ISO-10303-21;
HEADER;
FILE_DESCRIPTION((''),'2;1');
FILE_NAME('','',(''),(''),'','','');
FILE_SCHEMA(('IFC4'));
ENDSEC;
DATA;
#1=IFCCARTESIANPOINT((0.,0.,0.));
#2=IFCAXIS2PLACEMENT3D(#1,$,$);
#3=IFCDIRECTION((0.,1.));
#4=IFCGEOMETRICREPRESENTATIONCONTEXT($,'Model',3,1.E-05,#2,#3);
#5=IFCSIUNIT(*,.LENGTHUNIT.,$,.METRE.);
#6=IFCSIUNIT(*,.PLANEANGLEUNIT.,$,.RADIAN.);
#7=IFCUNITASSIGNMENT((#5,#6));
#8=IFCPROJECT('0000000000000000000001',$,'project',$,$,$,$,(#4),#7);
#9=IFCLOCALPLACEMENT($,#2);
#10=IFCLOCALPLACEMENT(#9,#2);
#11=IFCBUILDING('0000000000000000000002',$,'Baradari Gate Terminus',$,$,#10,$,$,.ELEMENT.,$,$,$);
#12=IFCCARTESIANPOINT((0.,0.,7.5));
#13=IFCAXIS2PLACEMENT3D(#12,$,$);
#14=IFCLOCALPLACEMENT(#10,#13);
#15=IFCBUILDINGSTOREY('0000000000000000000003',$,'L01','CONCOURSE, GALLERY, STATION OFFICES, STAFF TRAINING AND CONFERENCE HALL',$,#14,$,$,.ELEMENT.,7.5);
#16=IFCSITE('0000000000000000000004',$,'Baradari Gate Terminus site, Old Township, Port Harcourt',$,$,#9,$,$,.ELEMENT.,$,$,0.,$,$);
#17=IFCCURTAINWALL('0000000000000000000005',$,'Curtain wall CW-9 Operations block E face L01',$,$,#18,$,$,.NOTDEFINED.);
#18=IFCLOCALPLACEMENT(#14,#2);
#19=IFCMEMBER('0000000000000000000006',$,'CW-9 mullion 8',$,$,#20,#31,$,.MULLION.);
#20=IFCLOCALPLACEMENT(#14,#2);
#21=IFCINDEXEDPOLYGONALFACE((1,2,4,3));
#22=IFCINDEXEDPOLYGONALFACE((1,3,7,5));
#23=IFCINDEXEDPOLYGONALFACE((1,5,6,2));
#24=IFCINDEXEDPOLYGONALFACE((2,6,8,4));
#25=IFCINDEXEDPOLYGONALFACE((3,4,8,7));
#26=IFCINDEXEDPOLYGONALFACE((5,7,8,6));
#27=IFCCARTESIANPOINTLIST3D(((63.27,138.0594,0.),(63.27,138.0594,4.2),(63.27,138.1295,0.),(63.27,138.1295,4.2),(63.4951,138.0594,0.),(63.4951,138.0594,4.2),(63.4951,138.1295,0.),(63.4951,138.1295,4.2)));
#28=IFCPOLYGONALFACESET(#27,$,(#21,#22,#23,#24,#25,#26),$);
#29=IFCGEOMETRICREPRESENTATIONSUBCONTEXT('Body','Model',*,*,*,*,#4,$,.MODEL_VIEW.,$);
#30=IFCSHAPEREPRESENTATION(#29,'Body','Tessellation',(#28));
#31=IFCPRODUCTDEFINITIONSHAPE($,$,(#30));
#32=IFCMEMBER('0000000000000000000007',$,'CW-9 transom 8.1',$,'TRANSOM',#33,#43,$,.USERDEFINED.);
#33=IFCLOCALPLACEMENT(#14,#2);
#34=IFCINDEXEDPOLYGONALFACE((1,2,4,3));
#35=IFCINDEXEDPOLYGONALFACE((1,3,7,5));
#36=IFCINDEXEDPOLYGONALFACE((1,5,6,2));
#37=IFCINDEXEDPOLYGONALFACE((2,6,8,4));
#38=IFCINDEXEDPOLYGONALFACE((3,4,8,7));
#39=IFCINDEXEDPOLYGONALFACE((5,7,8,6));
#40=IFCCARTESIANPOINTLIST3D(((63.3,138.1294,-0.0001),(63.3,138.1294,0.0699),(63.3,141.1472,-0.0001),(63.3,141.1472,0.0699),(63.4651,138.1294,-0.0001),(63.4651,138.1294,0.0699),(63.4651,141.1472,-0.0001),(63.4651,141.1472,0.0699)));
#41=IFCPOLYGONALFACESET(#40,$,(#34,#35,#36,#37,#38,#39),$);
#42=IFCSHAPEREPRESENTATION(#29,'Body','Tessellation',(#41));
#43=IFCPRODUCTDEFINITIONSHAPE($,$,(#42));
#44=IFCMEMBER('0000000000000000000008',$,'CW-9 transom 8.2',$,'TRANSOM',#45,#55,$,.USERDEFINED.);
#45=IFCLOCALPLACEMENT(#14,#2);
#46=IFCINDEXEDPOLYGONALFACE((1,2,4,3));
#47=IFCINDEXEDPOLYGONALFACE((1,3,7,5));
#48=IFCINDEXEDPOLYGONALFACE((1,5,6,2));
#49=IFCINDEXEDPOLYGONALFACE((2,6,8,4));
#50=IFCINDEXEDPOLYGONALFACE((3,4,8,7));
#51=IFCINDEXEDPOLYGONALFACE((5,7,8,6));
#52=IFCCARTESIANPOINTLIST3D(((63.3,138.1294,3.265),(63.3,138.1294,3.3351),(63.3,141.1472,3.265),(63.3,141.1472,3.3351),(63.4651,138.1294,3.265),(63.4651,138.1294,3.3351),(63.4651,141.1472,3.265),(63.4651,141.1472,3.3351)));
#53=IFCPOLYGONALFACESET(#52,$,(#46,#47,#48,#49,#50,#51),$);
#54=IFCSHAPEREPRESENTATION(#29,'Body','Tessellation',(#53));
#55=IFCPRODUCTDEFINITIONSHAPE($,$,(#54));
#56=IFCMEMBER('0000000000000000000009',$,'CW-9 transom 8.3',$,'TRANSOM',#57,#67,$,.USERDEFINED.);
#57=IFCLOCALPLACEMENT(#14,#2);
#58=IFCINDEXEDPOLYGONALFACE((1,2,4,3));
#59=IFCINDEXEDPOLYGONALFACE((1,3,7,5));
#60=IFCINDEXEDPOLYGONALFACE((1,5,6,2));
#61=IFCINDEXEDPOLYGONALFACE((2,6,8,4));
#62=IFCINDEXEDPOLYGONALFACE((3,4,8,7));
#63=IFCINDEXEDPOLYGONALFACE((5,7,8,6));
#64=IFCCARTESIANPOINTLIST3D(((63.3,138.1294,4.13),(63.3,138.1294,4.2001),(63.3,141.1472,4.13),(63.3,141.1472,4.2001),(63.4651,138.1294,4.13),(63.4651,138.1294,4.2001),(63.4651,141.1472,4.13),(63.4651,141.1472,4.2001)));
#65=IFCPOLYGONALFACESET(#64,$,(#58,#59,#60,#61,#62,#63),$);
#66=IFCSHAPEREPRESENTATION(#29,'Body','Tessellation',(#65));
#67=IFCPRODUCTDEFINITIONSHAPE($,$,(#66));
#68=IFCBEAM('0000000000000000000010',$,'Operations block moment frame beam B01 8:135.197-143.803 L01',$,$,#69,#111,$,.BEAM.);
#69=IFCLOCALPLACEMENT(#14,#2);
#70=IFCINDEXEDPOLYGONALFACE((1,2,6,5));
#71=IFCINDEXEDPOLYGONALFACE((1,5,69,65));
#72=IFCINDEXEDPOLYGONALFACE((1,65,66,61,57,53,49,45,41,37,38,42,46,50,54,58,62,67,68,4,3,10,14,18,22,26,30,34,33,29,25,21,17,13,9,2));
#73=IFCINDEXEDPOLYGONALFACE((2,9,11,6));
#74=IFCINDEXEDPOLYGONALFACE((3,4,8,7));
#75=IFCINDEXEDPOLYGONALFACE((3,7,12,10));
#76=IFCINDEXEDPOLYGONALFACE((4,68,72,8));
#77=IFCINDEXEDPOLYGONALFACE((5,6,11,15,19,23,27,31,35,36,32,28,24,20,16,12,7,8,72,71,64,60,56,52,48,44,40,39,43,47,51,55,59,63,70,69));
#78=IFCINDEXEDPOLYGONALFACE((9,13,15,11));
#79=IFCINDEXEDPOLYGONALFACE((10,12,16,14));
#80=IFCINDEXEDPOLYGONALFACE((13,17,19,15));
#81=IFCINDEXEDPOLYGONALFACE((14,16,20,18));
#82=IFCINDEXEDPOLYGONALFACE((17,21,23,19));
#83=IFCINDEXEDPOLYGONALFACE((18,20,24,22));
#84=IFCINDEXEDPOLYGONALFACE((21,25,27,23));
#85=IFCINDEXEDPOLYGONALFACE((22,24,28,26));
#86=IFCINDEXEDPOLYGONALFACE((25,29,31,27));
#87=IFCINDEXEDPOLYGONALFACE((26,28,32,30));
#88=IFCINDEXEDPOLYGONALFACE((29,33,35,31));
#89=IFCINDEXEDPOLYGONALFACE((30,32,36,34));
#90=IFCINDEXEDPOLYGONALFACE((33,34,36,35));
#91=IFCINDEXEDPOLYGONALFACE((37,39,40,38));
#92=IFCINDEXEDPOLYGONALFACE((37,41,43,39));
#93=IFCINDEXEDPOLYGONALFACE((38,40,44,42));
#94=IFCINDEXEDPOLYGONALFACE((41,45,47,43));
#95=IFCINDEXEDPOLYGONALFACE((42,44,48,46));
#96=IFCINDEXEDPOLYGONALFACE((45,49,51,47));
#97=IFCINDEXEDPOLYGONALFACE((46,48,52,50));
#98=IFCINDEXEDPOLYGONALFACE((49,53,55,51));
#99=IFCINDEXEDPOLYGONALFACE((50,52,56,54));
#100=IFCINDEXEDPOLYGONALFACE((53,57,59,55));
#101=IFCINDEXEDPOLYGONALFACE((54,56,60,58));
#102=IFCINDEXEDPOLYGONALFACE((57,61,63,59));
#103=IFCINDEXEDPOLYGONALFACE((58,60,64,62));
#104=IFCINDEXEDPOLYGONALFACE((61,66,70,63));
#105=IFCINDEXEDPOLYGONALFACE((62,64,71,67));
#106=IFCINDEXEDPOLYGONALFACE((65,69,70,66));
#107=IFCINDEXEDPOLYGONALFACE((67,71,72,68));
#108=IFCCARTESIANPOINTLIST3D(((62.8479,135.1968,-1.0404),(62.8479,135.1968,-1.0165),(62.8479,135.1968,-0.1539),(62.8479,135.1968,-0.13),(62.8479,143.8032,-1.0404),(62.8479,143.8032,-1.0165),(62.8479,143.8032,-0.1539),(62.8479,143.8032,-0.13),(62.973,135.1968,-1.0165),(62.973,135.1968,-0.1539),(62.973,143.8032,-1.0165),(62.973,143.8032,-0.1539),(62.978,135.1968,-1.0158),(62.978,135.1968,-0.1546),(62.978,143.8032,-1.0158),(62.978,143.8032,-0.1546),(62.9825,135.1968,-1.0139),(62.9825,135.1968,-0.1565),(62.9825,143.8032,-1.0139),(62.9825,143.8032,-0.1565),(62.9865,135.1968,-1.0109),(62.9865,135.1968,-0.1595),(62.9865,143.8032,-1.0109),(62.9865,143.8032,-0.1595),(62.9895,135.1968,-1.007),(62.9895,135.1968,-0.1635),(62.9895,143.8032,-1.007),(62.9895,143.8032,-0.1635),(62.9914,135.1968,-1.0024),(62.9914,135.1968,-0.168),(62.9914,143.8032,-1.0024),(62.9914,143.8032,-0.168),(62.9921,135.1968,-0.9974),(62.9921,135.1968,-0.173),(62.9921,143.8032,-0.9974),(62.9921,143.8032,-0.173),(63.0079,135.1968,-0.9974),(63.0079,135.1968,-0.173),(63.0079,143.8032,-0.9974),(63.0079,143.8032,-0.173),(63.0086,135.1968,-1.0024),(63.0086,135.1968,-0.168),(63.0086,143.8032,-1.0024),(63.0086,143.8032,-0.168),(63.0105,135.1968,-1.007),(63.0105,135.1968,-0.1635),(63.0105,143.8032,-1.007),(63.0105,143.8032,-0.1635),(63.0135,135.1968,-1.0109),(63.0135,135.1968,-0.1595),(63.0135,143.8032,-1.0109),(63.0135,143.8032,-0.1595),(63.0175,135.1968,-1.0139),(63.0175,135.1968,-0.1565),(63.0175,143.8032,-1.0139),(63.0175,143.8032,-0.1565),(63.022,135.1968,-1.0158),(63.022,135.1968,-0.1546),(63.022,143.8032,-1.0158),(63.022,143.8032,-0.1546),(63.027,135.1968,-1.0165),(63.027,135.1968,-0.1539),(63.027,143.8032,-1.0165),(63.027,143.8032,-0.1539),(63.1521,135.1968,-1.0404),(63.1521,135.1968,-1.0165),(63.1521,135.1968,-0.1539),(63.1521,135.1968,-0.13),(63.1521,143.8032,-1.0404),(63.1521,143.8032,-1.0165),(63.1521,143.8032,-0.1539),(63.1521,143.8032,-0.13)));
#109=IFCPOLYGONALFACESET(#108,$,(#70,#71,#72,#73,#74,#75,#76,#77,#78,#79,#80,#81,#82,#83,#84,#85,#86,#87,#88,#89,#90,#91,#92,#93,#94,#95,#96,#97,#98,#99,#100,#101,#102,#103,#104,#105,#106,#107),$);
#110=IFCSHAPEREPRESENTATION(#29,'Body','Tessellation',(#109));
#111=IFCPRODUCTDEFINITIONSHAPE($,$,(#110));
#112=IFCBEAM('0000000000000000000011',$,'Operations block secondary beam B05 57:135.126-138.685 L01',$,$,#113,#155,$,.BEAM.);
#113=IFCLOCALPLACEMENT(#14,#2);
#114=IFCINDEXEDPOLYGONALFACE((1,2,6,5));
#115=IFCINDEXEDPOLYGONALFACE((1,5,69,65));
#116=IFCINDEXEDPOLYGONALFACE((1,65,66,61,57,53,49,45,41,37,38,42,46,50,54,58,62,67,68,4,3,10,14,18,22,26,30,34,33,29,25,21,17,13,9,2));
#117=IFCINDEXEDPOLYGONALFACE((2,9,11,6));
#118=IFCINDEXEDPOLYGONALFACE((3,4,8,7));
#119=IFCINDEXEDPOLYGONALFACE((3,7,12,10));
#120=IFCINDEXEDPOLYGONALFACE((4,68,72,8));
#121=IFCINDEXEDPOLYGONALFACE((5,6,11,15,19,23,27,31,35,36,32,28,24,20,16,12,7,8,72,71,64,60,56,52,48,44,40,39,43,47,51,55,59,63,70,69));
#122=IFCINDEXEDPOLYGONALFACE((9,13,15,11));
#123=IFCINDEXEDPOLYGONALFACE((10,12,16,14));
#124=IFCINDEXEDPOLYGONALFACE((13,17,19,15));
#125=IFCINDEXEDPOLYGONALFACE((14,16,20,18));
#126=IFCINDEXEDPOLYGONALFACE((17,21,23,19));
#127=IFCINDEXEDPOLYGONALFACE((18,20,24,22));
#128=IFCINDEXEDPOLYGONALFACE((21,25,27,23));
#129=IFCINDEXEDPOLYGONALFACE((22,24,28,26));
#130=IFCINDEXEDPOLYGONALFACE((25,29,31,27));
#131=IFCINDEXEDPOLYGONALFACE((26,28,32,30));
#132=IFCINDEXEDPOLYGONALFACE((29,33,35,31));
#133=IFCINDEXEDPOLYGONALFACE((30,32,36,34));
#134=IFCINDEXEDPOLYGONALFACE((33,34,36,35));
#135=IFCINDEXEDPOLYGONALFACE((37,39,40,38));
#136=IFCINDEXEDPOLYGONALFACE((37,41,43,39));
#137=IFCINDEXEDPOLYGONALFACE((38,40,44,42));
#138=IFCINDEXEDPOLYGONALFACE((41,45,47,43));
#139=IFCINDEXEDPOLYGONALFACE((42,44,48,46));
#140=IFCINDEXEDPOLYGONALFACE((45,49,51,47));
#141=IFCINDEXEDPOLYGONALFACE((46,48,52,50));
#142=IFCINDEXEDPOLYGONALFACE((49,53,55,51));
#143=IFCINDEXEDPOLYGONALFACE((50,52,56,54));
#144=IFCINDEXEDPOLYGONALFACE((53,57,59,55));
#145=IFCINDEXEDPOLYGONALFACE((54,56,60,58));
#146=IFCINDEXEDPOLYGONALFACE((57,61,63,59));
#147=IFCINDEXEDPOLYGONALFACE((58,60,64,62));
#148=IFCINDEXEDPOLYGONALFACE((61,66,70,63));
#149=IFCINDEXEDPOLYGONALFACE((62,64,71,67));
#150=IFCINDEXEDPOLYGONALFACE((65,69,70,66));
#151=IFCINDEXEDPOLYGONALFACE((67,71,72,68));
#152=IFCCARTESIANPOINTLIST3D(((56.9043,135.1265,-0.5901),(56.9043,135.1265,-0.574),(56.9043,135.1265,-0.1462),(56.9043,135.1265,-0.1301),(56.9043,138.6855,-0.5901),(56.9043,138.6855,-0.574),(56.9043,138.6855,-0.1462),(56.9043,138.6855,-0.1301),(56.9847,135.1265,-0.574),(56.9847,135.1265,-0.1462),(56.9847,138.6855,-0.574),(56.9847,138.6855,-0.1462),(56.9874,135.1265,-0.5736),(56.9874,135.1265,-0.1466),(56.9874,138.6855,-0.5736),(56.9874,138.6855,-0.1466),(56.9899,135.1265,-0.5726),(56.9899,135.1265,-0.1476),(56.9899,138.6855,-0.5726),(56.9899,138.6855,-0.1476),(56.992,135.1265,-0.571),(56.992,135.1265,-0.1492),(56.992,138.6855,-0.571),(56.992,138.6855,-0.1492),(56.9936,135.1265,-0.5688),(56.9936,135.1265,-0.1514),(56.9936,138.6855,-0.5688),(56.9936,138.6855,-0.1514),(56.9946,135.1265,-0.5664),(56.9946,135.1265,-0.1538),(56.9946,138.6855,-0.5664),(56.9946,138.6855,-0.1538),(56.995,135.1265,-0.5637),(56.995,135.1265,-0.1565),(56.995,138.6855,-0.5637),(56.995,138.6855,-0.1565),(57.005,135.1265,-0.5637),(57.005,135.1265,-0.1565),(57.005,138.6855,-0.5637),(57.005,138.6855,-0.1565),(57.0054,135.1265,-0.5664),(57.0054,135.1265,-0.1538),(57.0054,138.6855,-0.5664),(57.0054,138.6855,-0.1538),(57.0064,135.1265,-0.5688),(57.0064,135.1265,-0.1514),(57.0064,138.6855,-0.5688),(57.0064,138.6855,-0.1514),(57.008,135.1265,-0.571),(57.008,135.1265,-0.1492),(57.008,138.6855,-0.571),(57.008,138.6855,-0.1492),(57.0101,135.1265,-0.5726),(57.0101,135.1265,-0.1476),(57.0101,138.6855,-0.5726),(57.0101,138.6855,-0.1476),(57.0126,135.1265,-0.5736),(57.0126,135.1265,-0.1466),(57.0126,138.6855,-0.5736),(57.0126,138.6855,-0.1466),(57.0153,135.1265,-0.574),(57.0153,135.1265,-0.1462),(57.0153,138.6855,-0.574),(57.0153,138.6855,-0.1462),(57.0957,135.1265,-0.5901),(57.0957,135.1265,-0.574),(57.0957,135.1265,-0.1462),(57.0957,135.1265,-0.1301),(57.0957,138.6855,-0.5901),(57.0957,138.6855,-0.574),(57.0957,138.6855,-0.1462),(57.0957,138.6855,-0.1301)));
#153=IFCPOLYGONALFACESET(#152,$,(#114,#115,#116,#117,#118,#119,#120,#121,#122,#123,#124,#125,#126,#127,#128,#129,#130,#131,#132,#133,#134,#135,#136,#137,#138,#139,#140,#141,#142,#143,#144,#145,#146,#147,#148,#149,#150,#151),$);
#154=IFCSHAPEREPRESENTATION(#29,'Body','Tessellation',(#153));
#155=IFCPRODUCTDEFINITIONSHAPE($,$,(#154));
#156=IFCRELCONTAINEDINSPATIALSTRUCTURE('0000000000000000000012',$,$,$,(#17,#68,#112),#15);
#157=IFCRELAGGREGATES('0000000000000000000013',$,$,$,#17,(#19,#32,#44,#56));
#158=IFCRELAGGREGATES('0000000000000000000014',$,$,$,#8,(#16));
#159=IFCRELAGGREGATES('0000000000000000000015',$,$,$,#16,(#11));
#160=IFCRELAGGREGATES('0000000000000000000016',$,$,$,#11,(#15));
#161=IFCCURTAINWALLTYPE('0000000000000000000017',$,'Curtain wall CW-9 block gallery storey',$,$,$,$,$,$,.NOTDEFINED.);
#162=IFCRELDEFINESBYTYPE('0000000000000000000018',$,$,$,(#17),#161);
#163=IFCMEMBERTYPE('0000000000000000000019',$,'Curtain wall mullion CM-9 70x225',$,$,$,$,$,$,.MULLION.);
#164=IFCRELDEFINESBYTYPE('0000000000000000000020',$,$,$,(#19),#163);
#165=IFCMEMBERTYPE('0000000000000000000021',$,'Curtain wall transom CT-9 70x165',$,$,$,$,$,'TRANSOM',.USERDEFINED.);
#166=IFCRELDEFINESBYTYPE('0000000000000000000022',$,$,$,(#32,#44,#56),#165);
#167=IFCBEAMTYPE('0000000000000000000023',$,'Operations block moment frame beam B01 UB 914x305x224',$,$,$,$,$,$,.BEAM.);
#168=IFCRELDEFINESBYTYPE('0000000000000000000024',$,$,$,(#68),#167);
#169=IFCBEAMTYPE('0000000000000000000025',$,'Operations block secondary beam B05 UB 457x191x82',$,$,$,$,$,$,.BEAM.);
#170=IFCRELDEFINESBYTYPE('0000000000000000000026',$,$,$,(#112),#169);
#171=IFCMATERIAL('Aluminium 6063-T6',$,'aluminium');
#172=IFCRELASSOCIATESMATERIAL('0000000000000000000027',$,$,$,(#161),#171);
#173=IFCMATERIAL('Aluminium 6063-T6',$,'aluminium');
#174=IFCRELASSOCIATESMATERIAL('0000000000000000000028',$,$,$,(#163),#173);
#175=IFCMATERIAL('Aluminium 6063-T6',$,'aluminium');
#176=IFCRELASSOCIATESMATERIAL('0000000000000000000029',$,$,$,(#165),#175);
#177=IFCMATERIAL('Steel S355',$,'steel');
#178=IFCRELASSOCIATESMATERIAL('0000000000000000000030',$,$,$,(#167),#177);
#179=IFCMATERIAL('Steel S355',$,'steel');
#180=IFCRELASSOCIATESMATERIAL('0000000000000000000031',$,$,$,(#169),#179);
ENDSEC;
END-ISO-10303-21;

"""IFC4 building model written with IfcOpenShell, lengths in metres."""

from ifc_helpers import new_model, si_unit, direction, frame, origin, origin_2d, place, context, subcontext, project, spatial, rectangle, i_section, extrude, material, material_profile, profile_set, type_object, element, aggregate, save


model = new_model("IFC4")

# Units and contexts
model_context = context("Model", 3, precision=1e-05, world=origin(), true_north=direction((0.0, 1.0)))
body_context = subcontext(model_context, "Body", "Model", "MODEL_VIEW")
ifc_project = project(units=[si_unit("LENGTHUNIT", "METRE"), si_unit("PLANEANGLEUNIT", "RADIAN")], contexts=[model_context])

# Site, building, storey
site_placement = place(None, origin())
site = spatial("IfcSite", under=ifc_project, at=site_placement, Name="Baradari Gate Terminus site, Old Township, Port Harcourt", CompositionType="ELEMENT", RefElevation=0.0)
building_placement = place(site_placement, origin())
building = spatial("IfcBuilding", under=site, at=building_placement, Name="Baradari Gate Terminus", CompositionType="ELEMENT")
storey_placement = place(building_placement, frame((0.0, 0.0, 7.5)))
storey = spatial("IfcBuildingStorey", under=building, at=storey_placement, Name="L01", Description="CONCOURSE, GALLERY, STATION OFFICES, STAFF TRAINING AND CONFERENCE HALL", CompositionType="ELEMENT", Elevation=7.5)

# Curtain wall, members
ifc_material_1 = material(Name="Aluminium 6063-T6", Category="aluminium")
curtain_wall_type = type_object("IfcCurtainWallType", Name="Curtain wall CW-9 block gallery storey", PredefinedType="NOTDEFINED", material=ifc_material_1)
curtain_wall_placement = place(storey_placement, origin())
curtain_wall = element("IfcCurtainWall", 1, at=curtain_wall_placement, inside=storey, type_object=curtain_wall_type, Name="Curtain wall CW-9 Operations block E face L01", PredefinedType="NOTDEFINED")
ifc_material_2 = material(Name="Aluminium 6063-T6", Category="aluminium")
ifc_material_profile_1 = material_profile(ifc_material_2, rectangle(XDim=0.2251, YDim=0.0701, at=origin_2d()), Name="CM-9 70X225")
ifc_profile_set_1 = profile_set([ifc_material_profile_1], Name="Aluminium 6063-T6")
member_type_1 = type_object("IfcMemberType", Name="Curtain wall mullion CM-9 70x225", PredefinedType="MULLION", material=ifc_profile_set_1)
member_1_placement = place(storey_placement, frame((63.3826, 138.0945, 0.0), z_axis=(0.0, 0.0, 1.0), x_axis=(-1.0, 0.0, 0.0)))
member_1 = element("IfcMember", 2, at=member_1_placement, type_object=member_type_1, Name="CW-9 mullion 8", PredefinedType="MULLION", context=body_context, shape_type="SweptSolid", body=[
    extrude(rectangle(XDim=0.2251, YDim=0.0701, at=origin_2d()), origin(), (0.0, 0.0, 1.0), 4.2),
])
ifc_material_3 = material(Name="Aluminium 6063-T6", Category="aluminium")
ifc_material_profile_2 = material_profile(ifc_material_3, rectangle(XDim=0.165, YDim=0.0701, at=origin_2d()), Name="CT-9 70X165")
ifc_profile_set_2 = profile_set([ifc_material_profile_2], Name="Aluminium 6063-T6")
member_type_2 = type_object("IfcMemberType", Name="Curtain wall transom CT-9 70x165", ElementType="TRANSOM", PredefinedType="USERDEFINED", material=ifc_profile_set_2)
member_2_placement = place(storey_placement, frame((63.3826, 138.1294, 0.0349), z_axis=(0.0, 1.0, 0.0), x_axis=(-1.0, 0.0, 0.0)))
member_2 = element("IfcMember", 3, at=member_2_placement, type_object=member_type_2, Name="CW-9 transom 8.1", ObjectType="TRANSOM", PredefinedType="USERDEFINED", context=body_context, shape_type="SweptSolid", body=[
    extrude(rectangle(XDim=0.165, YDim=0.0701, at=origin_2d()), origin(), (0.0, 0.0, 1.0), 3.0178),
])
member_3_placement = place(storey_placement, frame((63.3826, 138.1294, 3.3), z_axis=(0.0, 1.0, 0.0), x_axis=(-1.0, 0.0, 0.0)))
member_3 = element("IfcMember", 4, at=member_3_placement, type_object=member_type_2, Name="CW-9 transom 8.2", ObjectType="TRANSOM", PredefinedType="USERDEFINED", context=body_context, shape_type="SweptSolid", body=[
    extrude(rectangle(XDim=0.165, YDim=0.0701, at=origin_2d()), origin(), (0.0, 0.0, 1.0), 3.0178),
])
member_4_placement = place(storey_placement, frame((63.3826, 138.1294, 4.165), z_axis=(0.0, 1.0, 0.0), x_axis=(-1.0, 0.0, 0.0)))
member_4 = element("IfcMember", 5, at=member_4_placement, type_object=member_type_2, Name="CW-9 transom 8.3", ObjectType="TRANSOM", PredefinedType="USERDEFINED", context=body_context, shape_type="SweptSolid", body=[
    extrude(rectangle(XDim=0.165, YDim=0.0701, at=origin_2d()), origin(), (0.0, 0.0, 1.0), 3.0178),
])

# Beams
ifc_material_4 = material(Name="Steel S355", Category="steel")
ifc_material_profile_3 = material_profile(ifc_material_4, i_section(OverallWidth=0.3042, OverallDepth=0.9104, WebThickness=0.0159, FlangeThickness=0.0239, FilletRadius=0.019, at=origin_2d()), Name="UB 914x305x224")
ifc_profile_set_3 = profile_set([ifc_material_profile_3], Name="Steel S355")
beam_type_1 = type_object("IfcBeamType", Name="Operations block moment frame beam B01 UB 914x305x224", PredefinedType="BEAM", material=ifc_profile_set_3)
beam_1_placement = place(storey_placement, frame((63.0, 135.1968, -0.5852), z_axis=(0.0, 1.0, 0.0), x_axis=(-1.0, 0.0, 0.0)))
element("IfcBeam", 6, at=beam_1_placement, inside=storey, type_object=beam_type_1, Name="Operations block moment frame beam B01 8:135.197-143.803 L01", PredefinedType="BEAM", context=body_context, shape_type="SweptSolid", body=[
    extrude(i_section(OverallWidth=0.3042, OverallDepth=0.9104, WebThickness=0.0159, FlangeThickness=0.0239, FilletRadius=0.019, at=origin_2d()), origin(), (0.0, 0.0, 1.0), 8.6064),
])
ifc_material_5 = material(Name="Steel S355", Category="steel")
ifc_material_profile_4 = material_profile(ifc_material_5, i_section(OverallWidth=0.1914, OverallDepth=0.46, WebThickness=0.01, FlangeThickness=0.0161, FilletRadius=0.0103, at=origin_2d()), Name="UB 457x191x82")
ifc_profile_set_4 = profile_set([ifc_material_profile_4], Name="Steel S355")
beam_type_2 = type_object("IfcBeamType", Name="Operations block secondary beam B05 UB 457x191x82", PredefinedType="BEAM", material=ifc_profile_set_4)
for number, where, z_axis, x_axis, name in (
    (7, (57.0, 135.1265, -0.3601), (0.0, 1.0, 0.0), (-1.0, 0.0, 0.0), "Operations block secondary beam B05 57:135.126-138.685 L01"),
):
    element("IfcBeam", number, at=place(storey_placement, frame(where, z_axis=z_axis, x_axis=x_axis)), inside=storey, type_object=beam_type_2, Name=name, PredefinedType="BEAM", context=body_context, shape_type="SweptSolid", body=[
        extrude(i_section(OverallWidth=0.1914, OverallDepth=0.46, WebThickness=0.01, FlangeThickness=0.0161, FilletRadius=0.0103, at=origin_2d()), origin(), (0.0, 0.0, 1.0), 3.5591),
    ])

aggregate(curtain_wall, [member_1, member_2, member_3, member_4])

save(model, "model.ifc")
